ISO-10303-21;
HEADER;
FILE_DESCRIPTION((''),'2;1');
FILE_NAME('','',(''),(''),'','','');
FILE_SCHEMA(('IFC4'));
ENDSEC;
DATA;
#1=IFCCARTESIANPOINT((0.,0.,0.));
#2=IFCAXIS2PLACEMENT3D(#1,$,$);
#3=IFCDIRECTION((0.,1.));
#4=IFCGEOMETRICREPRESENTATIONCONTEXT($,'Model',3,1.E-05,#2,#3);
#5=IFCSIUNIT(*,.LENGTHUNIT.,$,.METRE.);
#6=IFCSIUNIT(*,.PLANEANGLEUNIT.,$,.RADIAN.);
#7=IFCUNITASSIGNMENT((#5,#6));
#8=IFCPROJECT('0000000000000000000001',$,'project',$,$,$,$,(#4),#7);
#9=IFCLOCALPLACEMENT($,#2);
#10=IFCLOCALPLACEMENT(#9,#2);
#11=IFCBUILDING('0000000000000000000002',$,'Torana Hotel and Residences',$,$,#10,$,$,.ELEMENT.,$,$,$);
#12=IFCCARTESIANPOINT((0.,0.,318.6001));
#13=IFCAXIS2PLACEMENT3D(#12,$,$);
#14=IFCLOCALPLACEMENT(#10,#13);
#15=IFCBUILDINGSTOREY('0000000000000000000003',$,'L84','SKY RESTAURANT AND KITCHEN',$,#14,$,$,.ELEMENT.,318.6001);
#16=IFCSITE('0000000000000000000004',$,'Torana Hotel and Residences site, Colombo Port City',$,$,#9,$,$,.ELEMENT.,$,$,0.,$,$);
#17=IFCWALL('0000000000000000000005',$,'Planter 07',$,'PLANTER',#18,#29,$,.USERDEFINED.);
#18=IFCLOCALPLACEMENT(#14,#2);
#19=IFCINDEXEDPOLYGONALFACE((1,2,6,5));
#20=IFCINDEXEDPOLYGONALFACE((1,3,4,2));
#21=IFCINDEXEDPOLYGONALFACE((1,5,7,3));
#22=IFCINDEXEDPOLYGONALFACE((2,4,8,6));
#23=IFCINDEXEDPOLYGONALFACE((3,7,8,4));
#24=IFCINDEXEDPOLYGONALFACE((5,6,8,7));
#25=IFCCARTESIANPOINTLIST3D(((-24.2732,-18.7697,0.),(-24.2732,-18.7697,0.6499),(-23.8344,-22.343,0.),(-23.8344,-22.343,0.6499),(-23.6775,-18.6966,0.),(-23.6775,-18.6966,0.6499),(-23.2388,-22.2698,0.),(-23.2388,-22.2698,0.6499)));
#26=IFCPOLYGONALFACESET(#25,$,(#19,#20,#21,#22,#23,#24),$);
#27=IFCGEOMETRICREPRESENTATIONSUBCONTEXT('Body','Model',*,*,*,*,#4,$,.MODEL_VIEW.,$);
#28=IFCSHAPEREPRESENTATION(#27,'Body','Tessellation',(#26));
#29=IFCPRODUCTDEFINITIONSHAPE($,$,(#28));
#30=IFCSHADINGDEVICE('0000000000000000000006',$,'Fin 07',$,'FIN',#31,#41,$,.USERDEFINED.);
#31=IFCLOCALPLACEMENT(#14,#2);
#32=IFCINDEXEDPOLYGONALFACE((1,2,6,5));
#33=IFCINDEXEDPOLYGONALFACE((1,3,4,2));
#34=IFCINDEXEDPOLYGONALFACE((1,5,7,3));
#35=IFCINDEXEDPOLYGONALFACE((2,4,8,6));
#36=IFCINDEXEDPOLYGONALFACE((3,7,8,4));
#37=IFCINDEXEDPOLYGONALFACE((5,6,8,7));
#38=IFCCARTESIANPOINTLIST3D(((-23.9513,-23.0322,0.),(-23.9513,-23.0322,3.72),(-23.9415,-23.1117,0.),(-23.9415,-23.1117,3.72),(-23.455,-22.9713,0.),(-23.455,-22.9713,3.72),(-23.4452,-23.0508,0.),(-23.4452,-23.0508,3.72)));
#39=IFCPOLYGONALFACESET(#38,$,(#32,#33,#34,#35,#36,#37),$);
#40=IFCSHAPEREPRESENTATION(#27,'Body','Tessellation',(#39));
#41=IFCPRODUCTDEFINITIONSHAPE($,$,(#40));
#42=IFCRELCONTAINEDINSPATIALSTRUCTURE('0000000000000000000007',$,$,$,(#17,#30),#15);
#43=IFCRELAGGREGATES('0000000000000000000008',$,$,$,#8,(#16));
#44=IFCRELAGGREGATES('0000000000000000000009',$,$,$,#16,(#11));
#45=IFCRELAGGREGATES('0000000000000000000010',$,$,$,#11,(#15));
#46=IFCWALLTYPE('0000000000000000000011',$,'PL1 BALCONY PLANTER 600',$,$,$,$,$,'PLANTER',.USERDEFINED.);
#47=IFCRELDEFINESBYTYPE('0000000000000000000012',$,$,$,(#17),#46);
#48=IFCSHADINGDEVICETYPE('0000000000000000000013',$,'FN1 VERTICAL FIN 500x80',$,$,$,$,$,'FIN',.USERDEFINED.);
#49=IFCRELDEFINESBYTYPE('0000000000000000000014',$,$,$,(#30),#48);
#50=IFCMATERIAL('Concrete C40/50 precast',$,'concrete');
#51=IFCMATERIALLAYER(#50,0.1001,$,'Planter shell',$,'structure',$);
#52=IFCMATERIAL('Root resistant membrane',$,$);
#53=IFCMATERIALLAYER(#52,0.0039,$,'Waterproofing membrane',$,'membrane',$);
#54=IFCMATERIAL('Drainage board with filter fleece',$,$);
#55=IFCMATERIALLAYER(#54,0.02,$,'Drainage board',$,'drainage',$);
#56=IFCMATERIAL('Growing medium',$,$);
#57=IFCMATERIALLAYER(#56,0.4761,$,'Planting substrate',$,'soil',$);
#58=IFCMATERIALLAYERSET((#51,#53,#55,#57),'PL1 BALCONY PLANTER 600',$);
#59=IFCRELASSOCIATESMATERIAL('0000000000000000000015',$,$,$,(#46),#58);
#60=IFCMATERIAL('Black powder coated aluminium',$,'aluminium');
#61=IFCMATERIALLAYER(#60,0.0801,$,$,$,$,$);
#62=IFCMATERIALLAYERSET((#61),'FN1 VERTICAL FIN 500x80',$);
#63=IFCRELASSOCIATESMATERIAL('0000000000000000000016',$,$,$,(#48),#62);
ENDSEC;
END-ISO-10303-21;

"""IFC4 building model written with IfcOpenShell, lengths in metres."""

from ifc_helpers import new_model, si_unit, direction, frame, frame_2d, origin, origin_2d, place, context, subcontext, project, spatial, rectangle, extrude, material, layer, layer_set, type_object, element, save


model = new_model("IFC4")

# Units and contexts
model_context = context("Model", 3, precision=1e-05, world=origin(), true_north=direction((0.0, 1.0)))
body_context = subcontext(model_context, "Body", "Model", "MODEL_VIEW")
ifc_project = project(units=[si_unit("LENGTHUNIT", "METRE"), si_unit("PLANEANGLEUNIT", "RADIAN")], contexts=[model_context])

# Site, building, storey
site_placement = place(None, origin())
site = spatial("IfcSite", under=ifc_project, at=site_placement, Name="Torana Hotel and Residences site, Colombo Port City", CompositionType="ELEMENT", RefElevation=0.0)
building_placement = place(site_placement, origin())
building = spatial("IfcBuilding", under=site, at=building_placement, Name="Torana Hotel and Residences", CompositionType="ELEMENT")
storey_placement = place(building_placement, frame((0.0, 0.0, 318.6001)))
storey = spatial("IfcBuildingStorey", under=building, at=storey_placement, Name="L84", Description="SKY RESTAURANT AND KITCHEN", CompositionType="ELEMENT", Elevation=318.6001)

# Wall
ifc_material_1 = material(Name="Concrete C40/50 precast", Category="concrete")
ifc_layer_1 = layer(ifc_material_1, 0.1001, Name="Planter shell", Category="structure")
ifc_material_2 = material(Name="Root resistant membrane")
ifc_layer_2 = layer(ifc_material_2, 0.0039, Name="Waterproofing membrane", Category="membrane")
ifc_material_3 = material(Name="Drainage board with filter fleece")
ifc_layer_3 = layer(ifc_material_3, 0.02, Name="Drainage board", Category="drainage")
ifc_material_4 = material(Name="Growing medium")
ifc_layer_4 = layer(ifc_material_4, 0.4761, Name="Planting substrate", Category="soil")
ifc_layer_set_1 = layer_set([ifc_layer_1, ifc_layer_2, ifc_layer_3, ifc_layer_4], Name="PL1 BALCONY PLANTER 600")
wall_type_1 = type_object("IfcWallType", Name="PL1 BALCONY PLANTER 600", ElementType="PLANTER", PredefinedType="USERDEFINED", material=ifc_layer_set_1)
wall_1_placement = place(storey_placement, frame((-23.5366, -22.3064, 0.0), z_axis=(0.0, 0.0, 1.0), x_axis=(-0.121864, 0.992547, 0.0)))
element("IfcWall", 1, at=wall_1_placement, inside=storey, type_object=wall_type_1, Name="Planter 07", ObjectType="PLANTER", PredefinedType="USERDEFINED", context=body_context, shape_type="SweptSolid", body=[
    extrude(rectangle(XDim=3.6001, YDim=0.6001, at=frame_2d((1.8, 0.0))), origin(), (0.0, 0.0, 1.0), 0.6499),
])

# Shading device
ifc_material_5 = material(Name="Black powder coated aluminium", Category="aluminium")
ifc_layer_5 = layer(ifc_material_5, 0.0801)
ifc_layer_set_2 = layer_set([ifc_layer_5], Name="FN1 VERTICAL FIN 500x80")
shading_device_type = type_object("IfcShadingDeviceType", Name="FN1 VERTICAL FIN 500x80", ElementType="FIN", PredefinedType="USERDEFINED", material=ifc_layer_set_2)
shading_device_placement = place(storey_placement, frame((-23.6982, -23.0415, 0.0), z_axis=(0.0, 0.0, 1.0), x_axis=(-0.121881, 0.992545, 0.0)))
element("IfcShadingDevice", 2, at=shading_device_placement, inside=storey, type_object=shading_device_type, Name="Fin 07", ObjectType="FIN", PredefinedType="USERDEFINED", context=body_context, shape_type="SweptSolid", body=[
    extrude(rectangle(XDim=0.0801, YDim=0.5, at=origin_2d()), origin(), (0.0, 0.0, 1.0), 3.72),
])

save(model, "model.ifc")
